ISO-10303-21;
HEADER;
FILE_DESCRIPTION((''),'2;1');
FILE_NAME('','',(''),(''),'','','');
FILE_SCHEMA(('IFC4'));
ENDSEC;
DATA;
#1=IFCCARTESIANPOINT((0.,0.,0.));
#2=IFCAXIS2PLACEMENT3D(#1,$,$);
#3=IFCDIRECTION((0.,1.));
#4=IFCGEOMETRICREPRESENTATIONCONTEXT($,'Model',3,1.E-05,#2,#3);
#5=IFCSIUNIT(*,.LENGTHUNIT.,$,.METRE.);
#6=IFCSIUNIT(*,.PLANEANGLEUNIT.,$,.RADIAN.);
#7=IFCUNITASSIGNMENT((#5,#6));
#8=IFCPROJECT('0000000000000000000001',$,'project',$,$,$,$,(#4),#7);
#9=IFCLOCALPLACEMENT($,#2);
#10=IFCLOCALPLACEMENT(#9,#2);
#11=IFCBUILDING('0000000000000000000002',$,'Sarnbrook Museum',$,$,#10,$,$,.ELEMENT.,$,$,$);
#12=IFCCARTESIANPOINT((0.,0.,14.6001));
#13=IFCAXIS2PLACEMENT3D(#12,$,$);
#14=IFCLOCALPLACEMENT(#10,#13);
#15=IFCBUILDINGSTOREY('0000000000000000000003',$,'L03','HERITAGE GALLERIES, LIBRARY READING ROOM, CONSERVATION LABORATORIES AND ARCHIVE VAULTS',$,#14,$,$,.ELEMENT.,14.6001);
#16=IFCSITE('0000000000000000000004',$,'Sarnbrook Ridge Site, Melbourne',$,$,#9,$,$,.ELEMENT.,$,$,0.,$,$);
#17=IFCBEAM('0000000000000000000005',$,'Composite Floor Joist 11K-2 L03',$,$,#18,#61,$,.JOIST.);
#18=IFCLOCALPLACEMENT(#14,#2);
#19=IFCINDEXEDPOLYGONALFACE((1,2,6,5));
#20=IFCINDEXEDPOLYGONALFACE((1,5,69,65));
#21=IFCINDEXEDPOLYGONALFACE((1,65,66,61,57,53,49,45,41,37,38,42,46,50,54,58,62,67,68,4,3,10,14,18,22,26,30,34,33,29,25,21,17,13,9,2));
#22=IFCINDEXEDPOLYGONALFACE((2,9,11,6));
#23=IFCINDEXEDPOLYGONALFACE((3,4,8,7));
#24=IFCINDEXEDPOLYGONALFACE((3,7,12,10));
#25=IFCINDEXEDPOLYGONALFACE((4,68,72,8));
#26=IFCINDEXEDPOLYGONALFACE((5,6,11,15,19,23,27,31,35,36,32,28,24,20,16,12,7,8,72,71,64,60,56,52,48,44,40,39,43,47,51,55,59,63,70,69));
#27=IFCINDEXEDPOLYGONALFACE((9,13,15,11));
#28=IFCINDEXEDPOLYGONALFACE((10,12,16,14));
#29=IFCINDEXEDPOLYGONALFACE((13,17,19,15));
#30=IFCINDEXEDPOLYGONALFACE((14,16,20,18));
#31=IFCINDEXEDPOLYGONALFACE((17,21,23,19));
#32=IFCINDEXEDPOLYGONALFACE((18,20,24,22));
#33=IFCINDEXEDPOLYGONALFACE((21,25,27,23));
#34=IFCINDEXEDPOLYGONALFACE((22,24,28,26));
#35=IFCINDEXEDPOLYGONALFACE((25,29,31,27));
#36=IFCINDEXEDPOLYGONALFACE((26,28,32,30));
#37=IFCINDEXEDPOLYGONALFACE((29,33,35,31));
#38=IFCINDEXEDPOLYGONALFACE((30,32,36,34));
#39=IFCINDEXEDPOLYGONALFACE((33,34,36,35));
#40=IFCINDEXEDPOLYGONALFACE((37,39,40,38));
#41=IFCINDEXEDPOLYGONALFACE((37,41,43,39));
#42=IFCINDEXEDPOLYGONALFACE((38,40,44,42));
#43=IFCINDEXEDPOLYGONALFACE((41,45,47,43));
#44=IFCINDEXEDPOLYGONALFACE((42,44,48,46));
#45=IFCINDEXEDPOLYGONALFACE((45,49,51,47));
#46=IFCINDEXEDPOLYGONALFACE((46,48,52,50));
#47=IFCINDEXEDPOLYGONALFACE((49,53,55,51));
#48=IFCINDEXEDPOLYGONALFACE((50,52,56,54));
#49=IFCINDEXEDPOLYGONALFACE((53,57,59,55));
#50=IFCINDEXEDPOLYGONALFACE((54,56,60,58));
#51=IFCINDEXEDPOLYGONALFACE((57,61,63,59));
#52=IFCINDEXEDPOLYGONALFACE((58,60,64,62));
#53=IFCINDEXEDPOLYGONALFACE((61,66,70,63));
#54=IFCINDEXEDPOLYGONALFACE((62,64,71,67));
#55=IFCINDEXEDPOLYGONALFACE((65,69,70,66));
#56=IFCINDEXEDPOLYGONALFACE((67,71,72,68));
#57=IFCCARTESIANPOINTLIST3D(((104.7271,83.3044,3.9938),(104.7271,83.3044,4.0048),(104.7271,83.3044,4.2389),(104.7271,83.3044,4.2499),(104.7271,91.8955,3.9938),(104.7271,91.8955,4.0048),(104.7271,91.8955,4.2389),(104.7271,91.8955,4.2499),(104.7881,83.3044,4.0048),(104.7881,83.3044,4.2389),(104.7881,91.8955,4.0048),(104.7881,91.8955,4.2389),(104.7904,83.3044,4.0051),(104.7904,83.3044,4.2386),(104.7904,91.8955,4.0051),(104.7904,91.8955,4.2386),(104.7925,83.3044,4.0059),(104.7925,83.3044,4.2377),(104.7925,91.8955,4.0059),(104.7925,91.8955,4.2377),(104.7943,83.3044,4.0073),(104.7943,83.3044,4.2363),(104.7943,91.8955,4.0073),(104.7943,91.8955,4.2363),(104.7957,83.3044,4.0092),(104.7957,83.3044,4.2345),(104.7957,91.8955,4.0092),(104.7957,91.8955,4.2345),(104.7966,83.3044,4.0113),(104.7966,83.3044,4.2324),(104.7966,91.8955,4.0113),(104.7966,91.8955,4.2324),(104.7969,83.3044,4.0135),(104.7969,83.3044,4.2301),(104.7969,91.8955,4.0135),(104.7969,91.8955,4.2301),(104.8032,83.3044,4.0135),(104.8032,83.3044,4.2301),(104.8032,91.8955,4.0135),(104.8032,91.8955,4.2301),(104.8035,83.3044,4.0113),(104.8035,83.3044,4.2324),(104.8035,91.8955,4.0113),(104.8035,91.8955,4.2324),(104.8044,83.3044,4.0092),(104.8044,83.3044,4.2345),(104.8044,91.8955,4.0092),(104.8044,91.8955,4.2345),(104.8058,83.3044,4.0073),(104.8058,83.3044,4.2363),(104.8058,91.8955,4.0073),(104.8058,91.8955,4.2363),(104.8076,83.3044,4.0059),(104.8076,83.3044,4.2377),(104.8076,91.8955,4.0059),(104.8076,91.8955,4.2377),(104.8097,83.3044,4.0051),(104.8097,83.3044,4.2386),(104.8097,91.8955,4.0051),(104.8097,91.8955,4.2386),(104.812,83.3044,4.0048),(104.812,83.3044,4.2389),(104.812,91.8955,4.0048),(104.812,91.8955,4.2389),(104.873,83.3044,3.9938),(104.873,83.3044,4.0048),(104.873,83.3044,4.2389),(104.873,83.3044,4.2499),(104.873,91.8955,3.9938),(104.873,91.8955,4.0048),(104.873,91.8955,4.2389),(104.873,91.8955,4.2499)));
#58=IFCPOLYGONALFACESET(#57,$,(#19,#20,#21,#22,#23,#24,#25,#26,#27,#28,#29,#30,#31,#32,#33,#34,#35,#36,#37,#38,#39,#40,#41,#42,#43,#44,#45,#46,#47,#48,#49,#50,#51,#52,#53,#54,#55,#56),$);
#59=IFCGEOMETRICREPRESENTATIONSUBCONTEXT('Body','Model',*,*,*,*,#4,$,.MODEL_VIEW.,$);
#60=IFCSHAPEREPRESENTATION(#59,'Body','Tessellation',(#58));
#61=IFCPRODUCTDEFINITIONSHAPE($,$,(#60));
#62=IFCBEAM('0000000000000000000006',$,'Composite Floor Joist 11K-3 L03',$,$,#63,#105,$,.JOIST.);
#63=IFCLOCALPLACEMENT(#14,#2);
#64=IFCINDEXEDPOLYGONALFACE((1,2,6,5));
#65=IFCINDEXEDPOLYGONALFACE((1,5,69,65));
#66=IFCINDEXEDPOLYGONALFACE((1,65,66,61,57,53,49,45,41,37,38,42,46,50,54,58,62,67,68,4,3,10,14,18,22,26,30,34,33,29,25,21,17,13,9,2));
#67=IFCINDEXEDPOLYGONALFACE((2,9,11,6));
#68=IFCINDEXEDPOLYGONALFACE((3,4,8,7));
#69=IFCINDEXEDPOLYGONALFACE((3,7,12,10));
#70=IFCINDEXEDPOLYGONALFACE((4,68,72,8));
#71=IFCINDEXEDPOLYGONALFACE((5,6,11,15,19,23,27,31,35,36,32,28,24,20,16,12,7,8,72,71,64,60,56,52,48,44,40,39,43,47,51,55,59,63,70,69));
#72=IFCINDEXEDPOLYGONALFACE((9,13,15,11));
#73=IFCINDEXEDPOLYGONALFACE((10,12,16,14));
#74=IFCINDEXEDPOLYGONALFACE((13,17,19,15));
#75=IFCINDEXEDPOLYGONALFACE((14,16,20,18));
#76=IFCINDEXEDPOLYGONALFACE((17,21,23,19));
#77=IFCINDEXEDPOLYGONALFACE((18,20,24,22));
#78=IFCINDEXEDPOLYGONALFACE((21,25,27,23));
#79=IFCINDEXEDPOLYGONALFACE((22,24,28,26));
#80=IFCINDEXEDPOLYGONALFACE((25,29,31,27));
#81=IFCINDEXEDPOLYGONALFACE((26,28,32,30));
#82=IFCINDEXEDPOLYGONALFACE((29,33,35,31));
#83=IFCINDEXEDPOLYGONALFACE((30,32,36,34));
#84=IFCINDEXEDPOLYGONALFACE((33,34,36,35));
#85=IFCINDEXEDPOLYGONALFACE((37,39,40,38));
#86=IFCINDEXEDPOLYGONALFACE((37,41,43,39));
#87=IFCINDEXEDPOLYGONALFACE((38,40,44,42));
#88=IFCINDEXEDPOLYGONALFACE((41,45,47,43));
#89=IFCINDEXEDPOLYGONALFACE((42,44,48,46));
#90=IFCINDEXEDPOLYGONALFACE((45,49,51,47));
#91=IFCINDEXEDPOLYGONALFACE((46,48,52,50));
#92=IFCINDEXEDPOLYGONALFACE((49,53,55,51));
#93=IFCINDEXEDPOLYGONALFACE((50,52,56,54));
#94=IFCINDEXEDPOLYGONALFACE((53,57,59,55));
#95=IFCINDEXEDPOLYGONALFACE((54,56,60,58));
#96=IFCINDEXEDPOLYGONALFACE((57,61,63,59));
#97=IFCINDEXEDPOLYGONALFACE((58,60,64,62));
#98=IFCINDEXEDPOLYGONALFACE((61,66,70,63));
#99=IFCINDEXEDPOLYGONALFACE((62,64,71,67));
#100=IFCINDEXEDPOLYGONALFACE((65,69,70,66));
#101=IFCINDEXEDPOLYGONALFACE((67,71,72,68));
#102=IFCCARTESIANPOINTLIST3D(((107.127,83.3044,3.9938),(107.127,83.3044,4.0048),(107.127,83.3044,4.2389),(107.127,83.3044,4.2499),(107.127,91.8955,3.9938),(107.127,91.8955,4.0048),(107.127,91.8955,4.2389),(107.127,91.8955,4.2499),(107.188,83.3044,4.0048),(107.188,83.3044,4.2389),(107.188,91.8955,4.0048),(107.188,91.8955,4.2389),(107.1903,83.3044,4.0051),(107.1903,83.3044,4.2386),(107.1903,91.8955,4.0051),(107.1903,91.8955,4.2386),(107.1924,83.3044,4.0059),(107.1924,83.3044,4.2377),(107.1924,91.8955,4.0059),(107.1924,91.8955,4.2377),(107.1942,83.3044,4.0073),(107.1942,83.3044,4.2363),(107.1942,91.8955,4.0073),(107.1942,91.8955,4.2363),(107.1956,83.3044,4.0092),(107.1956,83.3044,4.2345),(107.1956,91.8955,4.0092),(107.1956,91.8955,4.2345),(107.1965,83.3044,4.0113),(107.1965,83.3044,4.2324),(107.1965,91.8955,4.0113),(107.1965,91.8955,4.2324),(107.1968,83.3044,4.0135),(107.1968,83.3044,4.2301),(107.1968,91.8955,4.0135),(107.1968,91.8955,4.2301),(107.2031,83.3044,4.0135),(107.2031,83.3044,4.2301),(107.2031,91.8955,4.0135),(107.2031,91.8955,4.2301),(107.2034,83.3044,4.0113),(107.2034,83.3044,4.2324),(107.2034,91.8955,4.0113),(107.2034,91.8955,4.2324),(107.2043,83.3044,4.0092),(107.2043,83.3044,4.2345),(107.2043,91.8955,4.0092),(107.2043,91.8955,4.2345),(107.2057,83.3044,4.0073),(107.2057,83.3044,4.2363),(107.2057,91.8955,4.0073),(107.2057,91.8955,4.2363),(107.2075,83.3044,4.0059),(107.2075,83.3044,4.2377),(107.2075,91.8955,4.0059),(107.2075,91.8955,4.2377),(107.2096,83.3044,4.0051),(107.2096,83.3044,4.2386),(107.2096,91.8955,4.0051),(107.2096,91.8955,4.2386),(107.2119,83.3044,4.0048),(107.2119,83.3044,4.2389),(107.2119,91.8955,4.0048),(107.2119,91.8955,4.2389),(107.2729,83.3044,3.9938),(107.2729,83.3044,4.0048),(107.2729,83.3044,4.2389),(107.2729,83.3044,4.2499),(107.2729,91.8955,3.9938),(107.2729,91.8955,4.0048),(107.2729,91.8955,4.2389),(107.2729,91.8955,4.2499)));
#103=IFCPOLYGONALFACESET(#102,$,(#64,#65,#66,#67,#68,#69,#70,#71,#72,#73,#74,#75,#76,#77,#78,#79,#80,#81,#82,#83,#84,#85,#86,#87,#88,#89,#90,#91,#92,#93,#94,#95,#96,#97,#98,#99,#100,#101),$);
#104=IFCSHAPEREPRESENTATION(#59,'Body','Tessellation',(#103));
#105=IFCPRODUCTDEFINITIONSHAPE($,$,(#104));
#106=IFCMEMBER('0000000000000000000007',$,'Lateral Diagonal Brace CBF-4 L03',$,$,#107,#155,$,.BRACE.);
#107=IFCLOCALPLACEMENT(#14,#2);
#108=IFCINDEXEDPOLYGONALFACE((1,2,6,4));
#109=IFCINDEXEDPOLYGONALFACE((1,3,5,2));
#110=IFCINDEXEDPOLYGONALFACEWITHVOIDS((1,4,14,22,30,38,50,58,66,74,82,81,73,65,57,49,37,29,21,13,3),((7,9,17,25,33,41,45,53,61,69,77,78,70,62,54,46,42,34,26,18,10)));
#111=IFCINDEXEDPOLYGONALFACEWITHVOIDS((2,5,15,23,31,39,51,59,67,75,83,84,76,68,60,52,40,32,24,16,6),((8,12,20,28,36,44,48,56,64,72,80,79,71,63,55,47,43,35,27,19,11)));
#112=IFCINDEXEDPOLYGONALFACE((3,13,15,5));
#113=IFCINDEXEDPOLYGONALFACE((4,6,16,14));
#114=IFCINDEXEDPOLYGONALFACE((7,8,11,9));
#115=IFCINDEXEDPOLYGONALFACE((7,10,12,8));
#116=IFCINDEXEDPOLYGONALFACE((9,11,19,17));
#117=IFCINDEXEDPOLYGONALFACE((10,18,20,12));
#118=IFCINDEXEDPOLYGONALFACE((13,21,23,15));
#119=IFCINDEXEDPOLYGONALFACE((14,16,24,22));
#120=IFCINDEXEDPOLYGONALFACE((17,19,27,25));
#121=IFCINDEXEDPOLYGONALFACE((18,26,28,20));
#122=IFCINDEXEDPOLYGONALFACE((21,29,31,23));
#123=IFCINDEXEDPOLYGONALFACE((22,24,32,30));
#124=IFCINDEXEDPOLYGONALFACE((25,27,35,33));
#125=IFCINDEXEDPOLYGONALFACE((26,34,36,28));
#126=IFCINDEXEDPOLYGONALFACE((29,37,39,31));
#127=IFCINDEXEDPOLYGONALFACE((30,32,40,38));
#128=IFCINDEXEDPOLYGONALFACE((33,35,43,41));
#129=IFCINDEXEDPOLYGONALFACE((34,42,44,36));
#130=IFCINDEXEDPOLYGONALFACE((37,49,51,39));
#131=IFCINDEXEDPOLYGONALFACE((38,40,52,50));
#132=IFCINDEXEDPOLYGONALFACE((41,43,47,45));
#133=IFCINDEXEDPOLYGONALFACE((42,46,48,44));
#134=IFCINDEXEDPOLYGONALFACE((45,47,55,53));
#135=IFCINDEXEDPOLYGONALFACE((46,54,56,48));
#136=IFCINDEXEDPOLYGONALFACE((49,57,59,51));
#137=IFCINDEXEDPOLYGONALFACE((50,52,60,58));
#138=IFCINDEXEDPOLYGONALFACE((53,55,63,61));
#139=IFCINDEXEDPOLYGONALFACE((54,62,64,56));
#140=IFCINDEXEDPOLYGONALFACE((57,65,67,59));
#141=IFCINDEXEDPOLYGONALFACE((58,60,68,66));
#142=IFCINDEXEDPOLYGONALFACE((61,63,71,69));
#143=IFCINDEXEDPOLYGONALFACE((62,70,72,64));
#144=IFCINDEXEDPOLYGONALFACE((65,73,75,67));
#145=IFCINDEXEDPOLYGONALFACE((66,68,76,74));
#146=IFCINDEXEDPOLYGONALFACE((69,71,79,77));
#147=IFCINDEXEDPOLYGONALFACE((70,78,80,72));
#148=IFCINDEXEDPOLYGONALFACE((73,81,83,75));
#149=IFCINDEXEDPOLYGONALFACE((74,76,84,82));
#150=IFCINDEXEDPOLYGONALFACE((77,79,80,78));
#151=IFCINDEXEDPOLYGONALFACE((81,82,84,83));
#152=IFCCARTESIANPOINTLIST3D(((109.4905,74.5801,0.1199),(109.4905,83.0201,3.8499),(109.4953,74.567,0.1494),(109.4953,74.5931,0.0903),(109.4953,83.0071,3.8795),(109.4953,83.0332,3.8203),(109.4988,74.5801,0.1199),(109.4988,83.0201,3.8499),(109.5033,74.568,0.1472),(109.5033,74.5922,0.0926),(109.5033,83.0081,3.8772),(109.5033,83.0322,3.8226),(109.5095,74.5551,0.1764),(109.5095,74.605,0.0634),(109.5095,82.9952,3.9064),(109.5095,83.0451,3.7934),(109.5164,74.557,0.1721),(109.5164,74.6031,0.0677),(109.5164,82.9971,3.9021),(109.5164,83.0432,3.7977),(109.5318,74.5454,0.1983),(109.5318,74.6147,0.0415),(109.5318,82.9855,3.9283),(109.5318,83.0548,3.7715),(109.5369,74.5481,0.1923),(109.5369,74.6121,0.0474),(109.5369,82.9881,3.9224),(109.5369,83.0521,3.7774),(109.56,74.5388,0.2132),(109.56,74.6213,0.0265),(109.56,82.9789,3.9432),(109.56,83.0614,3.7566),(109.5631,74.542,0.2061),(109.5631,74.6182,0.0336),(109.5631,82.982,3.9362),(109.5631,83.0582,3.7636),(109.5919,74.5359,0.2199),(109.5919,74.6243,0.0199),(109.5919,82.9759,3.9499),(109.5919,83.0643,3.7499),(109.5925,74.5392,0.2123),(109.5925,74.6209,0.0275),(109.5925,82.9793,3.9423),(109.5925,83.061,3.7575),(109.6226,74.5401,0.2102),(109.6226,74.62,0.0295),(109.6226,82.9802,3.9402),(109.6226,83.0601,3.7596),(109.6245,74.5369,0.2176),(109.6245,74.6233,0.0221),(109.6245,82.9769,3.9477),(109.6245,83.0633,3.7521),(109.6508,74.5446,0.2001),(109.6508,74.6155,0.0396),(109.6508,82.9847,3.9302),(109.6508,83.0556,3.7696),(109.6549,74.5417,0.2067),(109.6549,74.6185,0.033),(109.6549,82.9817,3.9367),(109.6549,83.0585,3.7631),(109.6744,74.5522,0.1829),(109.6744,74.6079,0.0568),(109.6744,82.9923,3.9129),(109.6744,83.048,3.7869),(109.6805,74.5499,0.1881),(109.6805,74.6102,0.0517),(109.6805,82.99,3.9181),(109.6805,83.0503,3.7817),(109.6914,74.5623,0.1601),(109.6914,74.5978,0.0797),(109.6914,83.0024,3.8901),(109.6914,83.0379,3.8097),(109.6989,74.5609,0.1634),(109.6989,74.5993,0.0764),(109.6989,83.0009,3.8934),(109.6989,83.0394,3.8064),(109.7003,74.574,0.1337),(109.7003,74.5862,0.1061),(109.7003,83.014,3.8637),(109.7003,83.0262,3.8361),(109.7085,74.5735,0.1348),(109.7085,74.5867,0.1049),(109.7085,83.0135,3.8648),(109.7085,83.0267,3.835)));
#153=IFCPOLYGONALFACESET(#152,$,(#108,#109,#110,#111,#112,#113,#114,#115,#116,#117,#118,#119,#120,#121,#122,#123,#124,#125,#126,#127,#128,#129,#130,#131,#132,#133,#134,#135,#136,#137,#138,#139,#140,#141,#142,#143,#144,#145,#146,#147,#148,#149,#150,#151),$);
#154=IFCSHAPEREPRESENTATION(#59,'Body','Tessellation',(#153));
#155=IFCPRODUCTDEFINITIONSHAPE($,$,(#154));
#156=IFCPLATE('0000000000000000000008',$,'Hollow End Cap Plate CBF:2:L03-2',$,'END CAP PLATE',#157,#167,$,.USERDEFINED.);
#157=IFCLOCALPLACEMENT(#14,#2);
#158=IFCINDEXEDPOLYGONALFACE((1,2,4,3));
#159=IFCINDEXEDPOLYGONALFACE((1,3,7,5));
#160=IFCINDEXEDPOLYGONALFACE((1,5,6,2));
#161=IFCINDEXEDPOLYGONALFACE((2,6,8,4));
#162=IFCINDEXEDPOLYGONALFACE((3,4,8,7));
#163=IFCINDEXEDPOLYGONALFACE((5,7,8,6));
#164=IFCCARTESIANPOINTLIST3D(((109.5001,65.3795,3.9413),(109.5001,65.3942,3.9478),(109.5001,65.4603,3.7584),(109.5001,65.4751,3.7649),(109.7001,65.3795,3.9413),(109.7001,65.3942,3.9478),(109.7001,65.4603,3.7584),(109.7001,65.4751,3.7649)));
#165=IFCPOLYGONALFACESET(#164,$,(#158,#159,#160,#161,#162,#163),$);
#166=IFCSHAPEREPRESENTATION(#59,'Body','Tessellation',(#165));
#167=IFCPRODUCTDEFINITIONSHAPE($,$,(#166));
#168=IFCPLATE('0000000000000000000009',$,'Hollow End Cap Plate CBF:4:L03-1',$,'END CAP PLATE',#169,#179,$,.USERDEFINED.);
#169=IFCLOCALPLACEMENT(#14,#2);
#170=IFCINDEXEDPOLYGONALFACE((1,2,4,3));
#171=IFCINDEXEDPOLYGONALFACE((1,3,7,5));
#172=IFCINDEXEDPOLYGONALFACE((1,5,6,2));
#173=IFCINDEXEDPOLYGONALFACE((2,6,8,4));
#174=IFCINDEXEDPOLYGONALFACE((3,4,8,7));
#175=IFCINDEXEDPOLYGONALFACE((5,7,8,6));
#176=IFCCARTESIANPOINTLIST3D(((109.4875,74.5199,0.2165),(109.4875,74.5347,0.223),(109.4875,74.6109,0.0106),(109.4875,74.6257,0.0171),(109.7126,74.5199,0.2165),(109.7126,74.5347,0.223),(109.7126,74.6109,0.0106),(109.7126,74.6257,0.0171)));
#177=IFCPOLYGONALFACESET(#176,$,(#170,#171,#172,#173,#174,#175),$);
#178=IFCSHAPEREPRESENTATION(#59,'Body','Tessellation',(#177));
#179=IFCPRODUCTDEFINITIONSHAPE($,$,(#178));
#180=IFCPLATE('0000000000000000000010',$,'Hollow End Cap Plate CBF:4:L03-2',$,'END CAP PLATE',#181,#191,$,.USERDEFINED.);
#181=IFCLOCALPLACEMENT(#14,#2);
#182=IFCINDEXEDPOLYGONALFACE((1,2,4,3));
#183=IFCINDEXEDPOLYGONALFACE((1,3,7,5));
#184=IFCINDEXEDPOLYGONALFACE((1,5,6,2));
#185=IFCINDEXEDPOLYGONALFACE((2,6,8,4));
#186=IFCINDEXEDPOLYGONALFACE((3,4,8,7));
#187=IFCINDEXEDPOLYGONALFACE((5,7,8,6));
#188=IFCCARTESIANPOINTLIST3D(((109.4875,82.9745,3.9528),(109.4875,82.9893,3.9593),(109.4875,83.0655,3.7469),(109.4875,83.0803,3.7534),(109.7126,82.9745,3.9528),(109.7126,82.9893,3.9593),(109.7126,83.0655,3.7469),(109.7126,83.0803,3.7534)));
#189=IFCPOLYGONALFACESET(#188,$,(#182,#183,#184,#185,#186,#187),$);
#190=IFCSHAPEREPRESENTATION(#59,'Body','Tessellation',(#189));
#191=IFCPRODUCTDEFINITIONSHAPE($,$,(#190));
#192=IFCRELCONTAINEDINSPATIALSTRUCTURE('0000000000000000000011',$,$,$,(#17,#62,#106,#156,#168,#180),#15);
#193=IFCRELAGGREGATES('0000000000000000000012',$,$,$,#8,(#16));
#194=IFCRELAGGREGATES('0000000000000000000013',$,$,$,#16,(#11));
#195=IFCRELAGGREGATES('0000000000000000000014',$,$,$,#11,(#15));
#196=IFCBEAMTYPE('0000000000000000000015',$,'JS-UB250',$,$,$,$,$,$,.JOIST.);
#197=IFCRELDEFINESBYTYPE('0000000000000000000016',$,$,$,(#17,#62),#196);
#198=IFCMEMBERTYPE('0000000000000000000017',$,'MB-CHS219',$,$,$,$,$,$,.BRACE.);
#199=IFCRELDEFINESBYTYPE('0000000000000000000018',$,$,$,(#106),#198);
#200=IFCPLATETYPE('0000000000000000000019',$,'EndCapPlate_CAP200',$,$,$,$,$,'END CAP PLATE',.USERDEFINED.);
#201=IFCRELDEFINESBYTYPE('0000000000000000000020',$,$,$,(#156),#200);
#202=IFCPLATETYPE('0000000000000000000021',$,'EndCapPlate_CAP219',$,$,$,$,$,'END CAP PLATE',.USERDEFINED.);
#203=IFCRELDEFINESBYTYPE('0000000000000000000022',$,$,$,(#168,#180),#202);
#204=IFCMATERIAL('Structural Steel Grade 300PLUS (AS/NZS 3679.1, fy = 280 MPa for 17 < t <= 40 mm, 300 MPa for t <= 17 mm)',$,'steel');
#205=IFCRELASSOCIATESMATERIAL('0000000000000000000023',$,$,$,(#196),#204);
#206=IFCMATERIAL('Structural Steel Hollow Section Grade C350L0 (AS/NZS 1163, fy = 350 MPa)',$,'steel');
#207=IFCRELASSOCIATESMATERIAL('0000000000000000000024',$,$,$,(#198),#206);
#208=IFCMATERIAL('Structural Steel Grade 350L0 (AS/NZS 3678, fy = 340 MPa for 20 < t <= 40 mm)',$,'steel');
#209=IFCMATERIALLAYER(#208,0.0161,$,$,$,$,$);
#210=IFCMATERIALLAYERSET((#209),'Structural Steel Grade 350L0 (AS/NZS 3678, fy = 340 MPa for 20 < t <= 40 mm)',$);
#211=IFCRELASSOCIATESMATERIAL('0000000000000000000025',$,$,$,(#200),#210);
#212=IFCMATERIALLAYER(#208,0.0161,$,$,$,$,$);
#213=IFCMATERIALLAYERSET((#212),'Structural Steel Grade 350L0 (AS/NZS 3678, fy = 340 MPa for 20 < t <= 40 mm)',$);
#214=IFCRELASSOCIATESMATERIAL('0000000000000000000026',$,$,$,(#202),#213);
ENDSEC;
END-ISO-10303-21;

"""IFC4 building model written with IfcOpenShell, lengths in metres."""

from ifc_helpers import new_model, si_unit, direction, frame, origin, origin_2d, place, context, subcontext, project, spatial, rectangle, hollow_circle, i_section, extrude, material, layer, layer_set, material_profile, profile_set, type_object, element, save


model = new_model("IFC4")

# Units and contexts
model_context = context("Model", 3, precision=1e-05, world=origin(), true_north=direction((0.0, 1.0)))
body_context = subcontext(model_context, "Body", "Model", "MODEL_VIEW")
ifc_project = project(units=[si_unit("LENGTHUNIT", "METRE"), si_unit("PLANEANGLEUNIT", "RADIAN")], contexts=[model_context])

# Site, building, storey
site_placement = place(None, origin())
site = spatial("IfcSite", under=ifc_project, at=site_placement, Name="Sarnbrook Ridge Site, Melbourne", CompositionType="ELEMENT", RefElevation=0.0)
building_placement = place(site_placement, origin())
building = spatial("IfcBuilding", under=site, at=building_placement, Name="Sarnbrook Museum", CompositionType="ELEMENT")
storey_placement = place(building_placement, frame((0.0, 0.0, 14.6001)))
storey = spatial("IfcBuildingStorey", under=building, at=storey_placement, Name="L03", Description="HERITAGE GALLERIES, LIBRARY READING ROOM, CONSERVATION LABORATORIES AND ARCHIVE VAULTS", CompositionType="ELEMENT", Elevation=14.6001)

# Shared definitions
ifc_material_1 = material(Name="Structural Steel Grade 300PLUS (AS/NZS 3679.1, fy = 280 MPa for 17 < t <= 40 mm, 300 MPa for t <= 17 mm)", Category="steel")

# Beams
ifc_material_profile_1 = material_profile(ifc_material_1, i_section(OverallWidth=0.146, OverallDepth=0.2561, WebThickness=0.0063, FlangeThickness=0.011, FilletRadius=0.0088, at=origin_2d()), Name="250UB37.3")
ifc_profile_set_1 = profile_set([ifc_material_profile_1], Name="Structural Steel Grade 300PLUS (AS/NZS 3679.1, fy = 280 MPa for 17 < t <= 40 mm, 300 MPa for t <= 17 mm)")
beam_type_1 = type_object("IfcBeamType", Name="JS-UB250", PredefinedType="JOIST", material=ifc_profile_set_1)
for number, where, z_axis, x_axis, name in (
    (1, (104.8, 83.3044, 4.1218), (0.0, 1.0, 0.0), (-1.0, 0.0, 0.0), "Composite Floor Joist 11K-2 L03"),
    (2, (107.2, 83.3044, 4.1218), (0.0, 1.0, 0.0), (-1.0, 0.0, 0.0), "Composite Floor Joist 11K-3 L03"),
):
    element("IfcBeam", number, at=place(storey_placement, frame(where, z_axis=z_axis, x_axis=x_axis)), inside=storey, type_object=beam_type_1, Name=name, PredefinedType="JOIST", context=body_context, shape_type="SweptSolid", body=[
        extrude(i_section(OverallWidth=0.146, OverallDepth=0.2561, WebThickness=0.0063, FlangeThickness=0.011, FilletRadius=0.0088, at=origin_2d()), origin(), (0.0, 0.0, 1.0), 8.5911),
    ])

# Member
ifc_material_2 = material(Name="Structural Steel Hollow Section Grade C350L0 (AS/NZS 1163, fy = 350 MPa)", Category="steel")
ifc_material_profile_2 = material_profile(ifc_material_2, hollow_circle(Radius=0.1096, WallThickness=0.0083, at=origin_2d()), Name="219.1x8.2CHS")
ifc_profile_set_2 = profile_set([ifc_material_profile_2], Name="Structural Steel Hollow Section Grade C350L0 (AS/NZS 1163, fy = 350 MPa)")
member_type = type_object("IfcMemberType", Name="MB-CHS219", PredefinedType="BRACE", material=ifc_profile_set_2)
member_placement = place(storey_placement, frame((109.6001, 74.5801, 0.1199), z_axis=(0.0, 0.914658, 0.404228), x_axis=(-1.0, 0.0, 0.0)))
element("IfcMember", 3, at=member_placement, inside=storey, type_object=member_type, Name="Lateral Diagonal Brace CBF-4 L03", PredefinedType="BRACE", context=body_context, shape_type="SweptSolid", body=[
    extrude(hollow_circle(Radius=0.1096, WallThickness=0.0083, at=origin_2d()), origin(), (0.0, 0.0, 1.0), 9.2275),
])

# Plates
ifc_material_3 = material(Name="Structural Steel Grade 350L0 (AS/NZS 3678, fy = 340 MPa for 20 < t <= 40 mm)", Category="steel")
ifc_layer_1 = layer(ifc_material_3, 0.0161)
ifc_layer_set_1 = layer_set([ifc_layer_1], Name="Structural Steel Grade 350L0 (AS/NZS 3678, fy = 340 MPa for 20 < t <= 40 mm)")
plate_type_1 = type_object("IfcPlateType", Name="EndCapPlate_CAP200", ElementType="END CAP PLATE", PredefinedType="USERDEFINED", material=ifc_layer_set_1)
plate_placement = place(storey_placement, frame((109.6001, 65.4199, 3.8499), z_axis=(0.0, 0.914659, 0.404227), x_axis=(-1.0, 0.0, 0.0)))
element("IfcPlate", 4, at=plate_placement, inside=storey, type_object=plate_type_1, Name="Hollow End Cap Plate CBF:2:L03-2", ObjectType="END CAP PLATE", PredefinedType="USERDEFINED", context=body_context, shape_type="SweptSolid", body=[
    extrude(rectangle(XDim=0.2, YDim=0.2, at=origin_2d()), origin(), (0.0, 0.0, 1.0), 0.0161),
])
ifc_layer_2 = layer(ifc_material_3, 0.0161)
ifc_layer_set_2 = layer_set([ifc_layer_2], Name="Structural Steel Grade 350L0 (AS/NZS 3678, fy = 340 MPa for 20 < t <= 40 mm)")
plate_type_2 = type_object("IfcPlateType", Name="EndCapPlate_CAP219", ElementType="END CAP PLATE", PredefinedType="USERDEFINED", material=ifc_layer_set_2)
for number, where, z_axis, x_axis, name in (
    (5, (109.6001, 74.5654, 0.1135), (0.0, 0.914659, 0.404227), (-1.0, 0.0, 0.0), "Hollow End Cap Plate CBF:4:L03-1"),
    (6, (109.6001, 83.02, 3.8499), (0.0, 0.914659, 0.404227), (-1.0, 0.0, 0.0), "Hollow End Cap Plate CBF:4:L03-2"),
):
    element("IfcPlate", number, at=place(storey_placement, frame(where, z_axis=z_axis, x_axis=x_axis)), inside=storey, type_object=plate_type_2, Name=name, ObjectType="END CAP PLATE", PredefinedType="USERDEFINED", context=body_context, shape_type="SweptSolid", body=[
        extrude(rectangle(XDim=0.2251, YDim=0.2251, at=origin_2d()), origin(), (0.0, 0.0, 1.0), 0.0161),
    ])

save(model, "model.ifc")
